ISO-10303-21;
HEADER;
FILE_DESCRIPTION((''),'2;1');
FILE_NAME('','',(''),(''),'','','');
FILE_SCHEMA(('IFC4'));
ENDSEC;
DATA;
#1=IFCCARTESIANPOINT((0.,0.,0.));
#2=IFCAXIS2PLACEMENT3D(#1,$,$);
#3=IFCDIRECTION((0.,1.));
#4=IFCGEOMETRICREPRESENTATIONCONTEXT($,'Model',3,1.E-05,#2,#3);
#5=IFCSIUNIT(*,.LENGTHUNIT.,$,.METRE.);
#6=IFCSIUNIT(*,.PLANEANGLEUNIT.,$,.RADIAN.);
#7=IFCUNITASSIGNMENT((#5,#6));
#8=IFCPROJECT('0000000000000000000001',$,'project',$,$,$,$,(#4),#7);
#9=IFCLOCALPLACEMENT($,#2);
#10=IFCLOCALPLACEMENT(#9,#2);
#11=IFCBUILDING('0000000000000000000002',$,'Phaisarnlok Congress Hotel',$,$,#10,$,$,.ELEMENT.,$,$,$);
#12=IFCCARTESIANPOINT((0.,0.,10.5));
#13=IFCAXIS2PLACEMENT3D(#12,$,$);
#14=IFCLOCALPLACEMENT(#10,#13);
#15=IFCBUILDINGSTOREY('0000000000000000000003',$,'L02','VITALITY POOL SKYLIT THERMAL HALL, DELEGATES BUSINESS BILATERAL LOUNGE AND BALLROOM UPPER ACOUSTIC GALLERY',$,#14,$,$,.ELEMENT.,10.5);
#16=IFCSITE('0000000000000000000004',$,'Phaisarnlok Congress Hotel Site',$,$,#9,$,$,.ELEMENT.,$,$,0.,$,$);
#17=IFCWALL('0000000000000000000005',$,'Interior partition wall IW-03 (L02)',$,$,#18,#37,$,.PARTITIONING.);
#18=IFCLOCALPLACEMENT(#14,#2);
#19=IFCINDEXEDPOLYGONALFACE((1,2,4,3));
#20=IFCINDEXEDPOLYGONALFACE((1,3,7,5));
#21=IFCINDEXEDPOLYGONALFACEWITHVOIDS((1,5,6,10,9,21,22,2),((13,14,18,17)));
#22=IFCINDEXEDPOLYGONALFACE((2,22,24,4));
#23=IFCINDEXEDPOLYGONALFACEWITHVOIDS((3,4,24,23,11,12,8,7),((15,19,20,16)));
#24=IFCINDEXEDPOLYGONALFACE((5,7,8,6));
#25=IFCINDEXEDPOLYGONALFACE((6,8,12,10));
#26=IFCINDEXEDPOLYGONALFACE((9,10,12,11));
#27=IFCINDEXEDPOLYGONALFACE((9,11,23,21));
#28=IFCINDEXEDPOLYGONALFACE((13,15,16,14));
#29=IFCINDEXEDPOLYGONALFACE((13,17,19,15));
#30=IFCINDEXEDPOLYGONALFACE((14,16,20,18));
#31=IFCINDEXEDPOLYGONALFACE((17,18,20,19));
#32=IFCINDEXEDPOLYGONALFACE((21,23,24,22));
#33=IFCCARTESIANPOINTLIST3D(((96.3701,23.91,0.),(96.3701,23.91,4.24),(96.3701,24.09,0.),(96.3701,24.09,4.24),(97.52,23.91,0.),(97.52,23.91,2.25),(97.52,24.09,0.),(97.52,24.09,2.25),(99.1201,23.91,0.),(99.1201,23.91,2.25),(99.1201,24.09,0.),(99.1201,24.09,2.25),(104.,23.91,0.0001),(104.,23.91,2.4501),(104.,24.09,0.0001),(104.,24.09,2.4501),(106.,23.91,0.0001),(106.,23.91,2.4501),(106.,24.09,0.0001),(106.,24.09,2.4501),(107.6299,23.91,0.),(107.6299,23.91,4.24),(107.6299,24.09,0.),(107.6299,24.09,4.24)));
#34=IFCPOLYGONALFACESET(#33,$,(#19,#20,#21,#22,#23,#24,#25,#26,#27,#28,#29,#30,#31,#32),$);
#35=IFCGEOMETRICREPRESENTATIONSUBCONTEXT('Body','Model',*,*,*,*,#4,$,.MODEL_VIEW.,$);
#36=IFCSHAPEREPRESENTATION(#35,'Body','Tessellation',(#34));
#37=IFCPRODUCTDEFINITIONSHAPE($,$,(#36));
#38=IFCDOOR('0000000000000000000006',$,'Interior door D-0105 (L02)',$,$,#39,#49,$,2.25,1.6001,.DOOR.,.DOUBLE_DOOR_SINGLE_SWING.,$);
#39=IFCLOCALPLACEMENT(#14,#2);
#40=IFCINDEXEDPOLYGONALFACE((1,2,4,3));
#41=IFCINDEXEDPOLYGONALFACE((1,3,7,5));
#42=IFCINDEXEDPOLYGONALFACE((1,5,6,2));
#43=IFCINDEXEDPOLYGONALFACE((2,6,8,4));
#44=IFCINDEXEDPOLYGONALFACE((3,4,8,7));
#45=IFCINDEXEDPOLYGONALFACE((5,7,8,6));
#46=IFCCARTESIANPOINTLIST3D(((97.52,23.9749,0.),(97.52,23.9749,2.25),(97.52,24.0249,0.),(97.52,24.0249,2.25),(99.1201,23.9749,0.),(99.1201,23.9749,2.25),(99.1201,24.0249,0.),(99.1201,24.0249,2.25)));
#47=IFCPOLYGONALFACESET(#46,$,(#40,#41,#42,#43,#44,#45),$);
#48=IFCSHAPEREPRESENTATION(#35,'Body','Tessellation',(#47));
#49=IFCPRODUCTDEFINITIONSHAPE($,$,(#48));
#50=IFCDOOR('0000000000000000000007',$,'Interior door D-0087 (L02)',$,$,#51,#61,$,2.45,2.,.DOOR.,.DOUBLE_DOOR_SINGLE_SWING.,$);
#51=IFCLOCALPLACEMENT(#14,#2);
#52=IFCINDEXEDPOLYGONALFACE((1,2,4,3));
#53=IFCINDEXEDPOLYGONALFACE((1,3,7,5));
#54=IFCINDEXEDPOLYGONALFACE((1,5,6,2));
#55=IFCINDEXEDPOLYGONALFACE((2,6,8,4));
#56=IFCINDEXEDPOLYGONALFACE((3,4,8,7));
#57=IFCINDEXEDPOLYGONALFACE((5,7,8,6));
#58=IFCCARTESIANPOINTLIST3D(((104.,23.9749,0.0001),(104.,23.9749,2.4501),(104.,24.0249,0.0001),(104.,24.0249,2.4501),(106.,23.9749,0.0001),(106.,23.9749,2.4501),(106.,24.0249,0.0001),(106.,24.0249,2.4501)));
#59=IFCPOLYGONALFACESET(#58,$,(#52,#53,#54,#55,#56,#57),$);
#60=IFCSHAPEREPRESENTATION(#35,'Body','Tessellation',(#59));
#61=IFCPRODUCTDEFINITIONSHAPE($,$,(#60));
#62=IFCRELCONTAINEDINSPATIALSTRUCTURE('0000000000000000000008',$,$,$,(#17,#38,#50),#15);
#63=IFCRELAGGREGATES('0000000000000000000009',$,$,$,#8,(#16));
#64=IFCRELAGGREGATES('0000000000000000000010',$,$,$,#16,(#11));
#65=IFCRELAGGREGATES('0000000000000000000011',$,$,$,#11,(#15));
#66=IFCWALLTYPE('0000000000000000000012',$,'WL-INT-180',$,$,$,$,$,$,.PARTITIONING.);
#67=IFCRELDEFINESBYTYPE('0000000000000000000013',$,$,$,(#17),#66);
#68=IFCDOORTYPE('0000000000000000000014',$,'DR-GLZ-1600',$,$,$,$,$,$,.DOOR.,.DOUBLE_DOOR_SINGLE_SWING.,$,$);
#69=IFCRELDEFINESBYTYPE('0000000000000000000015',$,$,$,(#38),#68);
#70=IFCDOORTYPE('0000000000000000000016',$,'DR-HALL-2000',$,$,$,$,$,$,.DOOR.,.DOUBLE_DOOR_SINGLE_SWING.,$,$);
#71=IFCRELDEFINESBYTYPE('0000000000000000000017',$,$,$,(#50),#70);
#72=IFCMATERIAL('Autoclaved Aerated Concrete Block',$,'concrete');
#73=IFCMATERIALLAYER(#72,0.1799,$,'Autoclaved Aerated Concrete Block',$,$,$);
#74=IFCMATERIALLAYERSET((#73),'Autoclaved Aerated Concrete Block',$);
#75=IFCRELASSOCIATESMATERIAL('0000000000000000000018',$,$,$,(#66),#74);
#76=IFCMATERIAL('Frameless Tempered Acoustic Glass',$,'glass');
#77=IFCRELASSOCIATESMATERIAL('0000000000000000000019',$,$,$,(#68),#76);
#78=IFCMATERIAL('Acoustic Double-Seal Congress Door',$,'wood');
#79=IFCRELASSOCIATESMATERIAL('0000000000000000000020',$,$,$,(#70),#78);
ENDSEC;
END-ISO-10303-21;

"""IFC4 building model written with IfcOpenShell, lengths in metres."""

from ifc_helpers import new_model, si_unit, direction, frame, frame_2d, origin, place, context, subcontext, project, spatial, rectangle, extrude, material, layer, layer_set, type_object, element, fill, save


model = new_model("IFC4")

# Units and contexts
model_context = context("Model", 3, precision=1e-05, world=origin(), true_north=direction((0.0, 1.0)))
body_context = subcontext(model_context, "Body", "Model", "MODEL_VIEW")
ifc_project = project(units=[si_unit("LENGTHUNIT", "METRE"), si_unit("PLANEANGLEUNIT", "RADIAN")], contexts=[model_context])

# Site, building, storey
site_placement = place(None, origin())
site = spatial("IfcSite", under=ifc_project, at=site_placement, Name="Phaisarnlok Congress Hotel Site", CompositionType="ELEMENT", RefElevation=0.0)
building_placement = place(site_placement, origin())
building = spatial("IfcBuilding", under=site, at=building_placement, Name="Phaisarnlok Congress Hotel", CompositionType="ELEMENT")
storey_placement = place(building_placement, frame((0.0, 0.0, 10.5)))
storey = spatial("IfcBuildingStorey", under=building, at=storey_placement, Name="L02", Description="VITALITY POOL SKYLIT THERMAL HALL, DELEGATES BUSINESS BILATERAL LOUNGE AND BALLROOM UPPER ACOUSTIC GALLERY", CompositionType="ELEMENT", Elevation=10.5)

# Wall, openings, doors
ifc_material_1 = material(Name="Autoclaved Aerated Concrete Block", Category="concrete")
ifc_layer_1 = layer(ifc_material_1, 0.1799, Name="Autoclaved Aerated Concrete Block")
ifc_layer_set_1 = layer_set([ifc_layer_1], Name="Autoclaved Aerated Concrete Block")
wall_type = type_object("IfcWallType", Name="WL-INT-180", PredefinedType="PARTITIONING", material=ifc_layer_set_1)
wall_placement = place(storey_placement, frame((96.3701, 24.0, 0.0), z_axis=(0.0, 0.0, 1.0), x_axis=(1.0, 0.0, 0.0)))
wall = element("IfcWall", 1, at=wall_placement, inside=storey, type_object=wall_type, Name="Interior partition wall IW-03 (L02)", PredefinedType="PARTITIONING", context=body_context, shape_type="SweptSolid", body=[
    extrude(rectangle(XDim=11.2598, YDim=0.1799, at=frame_2d((5.6299, 0.0))), origin(), (0.0, 0.0, 1.0), 4.24),
])
opening_1_placement = place(wall_placement, frame((7.6299, 0.0, 0.0)))
opening_1 = element("IfcOpeningElement", 2, at=opening_1_placement, cuts=wall, PredefinedType="OPENING", context=body_context, shape_type="SweptSolid", body=[
    extrude(rectangle(XDim=2.0, YDim=2.45, at=frame_2d((1.0, 1.2251))), frame((0.0, 0.1001, 0.0), z_axis=(0.0, -1.0, 0.0), x_axis=(1.0, 0.0, 0.0)), (0.0, 0.0, 1.0), 0.2),
])
opening_2_placement = place(wall_placement, frame((1.1499, 0.0, 0.0)))
opening_2 = element("IfcOpeningElement", 3, at=opening_2_placement, cuts=wall, PredefinedType="OPENING", context=body_context, shape_type="SweptSolid", body=[
    extrude(rectangle(XDim=1.6001, YDim=2.25, at=frame_2d((0.8, 1.125))), frame((0.0, 0.1001, 0.0), z_axis=(0.0, -1.0, 0.0), x_axis=(1.0, 0.0, 0.0)), (0.0, 0.0, 1.0), 0.2),
])
ifc_material_2 = material(Name="Frameless Tempered Acoustic Glass", Category="glass")
door_type_1 = type_object("IfcDoorType", Name="DR-GLZ-1600", OperationType="DOUBLE_DOOR_SINGLE_SWING", PredefinedType="DOOR", material=ifc_material_2)
door_1_placement = place(opening_2_placement, origin())
door_1 = element("IfcDoor", 4, at=door_1_placement, inside=storey, type_object=door_type_1, Name="Interior door D-0105 (L02)", OperationType="DOUBLE_DOOR_SINGLE_SWING", OverallHeight=2.25, OverallWidth=1.6001, PredefinedType="DOOR", context=body_context, shape_type="SweptSolid", body=[
    extrude(rectangle(XDim=1.6001, YDim=2.25, at=frame_2d((0.8, 1.125))), frame((0.0, 0.0249, 0.0), z_axis=(0.0, -1.0, 0.0), x_axis=(1.0, 0.0, 0.0)), (0.0, 0.0, 1.0), 0.05),
])
fill(opening_2, door_1)
ifc_material_3 = material(Name="Acoustic Double-Seal Congress Door", Category="wood")
door_type_2 = type_object("IfcDoorType", Name="DR-HALL-2000", OperationType="DOUBLE_DOOR_SINGLE_SWING", PredefinedType="DOOR", material=ifc_material_3)
door_2_placement = place(opening_1_placement, origin())
door_2 = element("IfcDoor", 5, at=door_2_placement, inside=storey, type_object=door_type_2, Name="Interior door D-0087 (L02)", OperationType="DOUBLE_DOOR_SINGLE_SWING", OverallHeight=2.45, OverallWidth=2.0, PredefinedType="DOOR", context=body_context, shape_type="SweptSolid", body=[
    extrude(rectangle(XDim=2.0, YDim=2.45, at=frame_2d((1.0, 1.2251))), frame((0.0, 0.0249, 0.0), z_axis=(0.0, -1.0, 0.0), x_axis=(1.0, 0.0, 0.0)), (0.0, 0.0, 1.0), 0.05),
])
fill(opening_1, door_2)

save(model, "model.ifc")
